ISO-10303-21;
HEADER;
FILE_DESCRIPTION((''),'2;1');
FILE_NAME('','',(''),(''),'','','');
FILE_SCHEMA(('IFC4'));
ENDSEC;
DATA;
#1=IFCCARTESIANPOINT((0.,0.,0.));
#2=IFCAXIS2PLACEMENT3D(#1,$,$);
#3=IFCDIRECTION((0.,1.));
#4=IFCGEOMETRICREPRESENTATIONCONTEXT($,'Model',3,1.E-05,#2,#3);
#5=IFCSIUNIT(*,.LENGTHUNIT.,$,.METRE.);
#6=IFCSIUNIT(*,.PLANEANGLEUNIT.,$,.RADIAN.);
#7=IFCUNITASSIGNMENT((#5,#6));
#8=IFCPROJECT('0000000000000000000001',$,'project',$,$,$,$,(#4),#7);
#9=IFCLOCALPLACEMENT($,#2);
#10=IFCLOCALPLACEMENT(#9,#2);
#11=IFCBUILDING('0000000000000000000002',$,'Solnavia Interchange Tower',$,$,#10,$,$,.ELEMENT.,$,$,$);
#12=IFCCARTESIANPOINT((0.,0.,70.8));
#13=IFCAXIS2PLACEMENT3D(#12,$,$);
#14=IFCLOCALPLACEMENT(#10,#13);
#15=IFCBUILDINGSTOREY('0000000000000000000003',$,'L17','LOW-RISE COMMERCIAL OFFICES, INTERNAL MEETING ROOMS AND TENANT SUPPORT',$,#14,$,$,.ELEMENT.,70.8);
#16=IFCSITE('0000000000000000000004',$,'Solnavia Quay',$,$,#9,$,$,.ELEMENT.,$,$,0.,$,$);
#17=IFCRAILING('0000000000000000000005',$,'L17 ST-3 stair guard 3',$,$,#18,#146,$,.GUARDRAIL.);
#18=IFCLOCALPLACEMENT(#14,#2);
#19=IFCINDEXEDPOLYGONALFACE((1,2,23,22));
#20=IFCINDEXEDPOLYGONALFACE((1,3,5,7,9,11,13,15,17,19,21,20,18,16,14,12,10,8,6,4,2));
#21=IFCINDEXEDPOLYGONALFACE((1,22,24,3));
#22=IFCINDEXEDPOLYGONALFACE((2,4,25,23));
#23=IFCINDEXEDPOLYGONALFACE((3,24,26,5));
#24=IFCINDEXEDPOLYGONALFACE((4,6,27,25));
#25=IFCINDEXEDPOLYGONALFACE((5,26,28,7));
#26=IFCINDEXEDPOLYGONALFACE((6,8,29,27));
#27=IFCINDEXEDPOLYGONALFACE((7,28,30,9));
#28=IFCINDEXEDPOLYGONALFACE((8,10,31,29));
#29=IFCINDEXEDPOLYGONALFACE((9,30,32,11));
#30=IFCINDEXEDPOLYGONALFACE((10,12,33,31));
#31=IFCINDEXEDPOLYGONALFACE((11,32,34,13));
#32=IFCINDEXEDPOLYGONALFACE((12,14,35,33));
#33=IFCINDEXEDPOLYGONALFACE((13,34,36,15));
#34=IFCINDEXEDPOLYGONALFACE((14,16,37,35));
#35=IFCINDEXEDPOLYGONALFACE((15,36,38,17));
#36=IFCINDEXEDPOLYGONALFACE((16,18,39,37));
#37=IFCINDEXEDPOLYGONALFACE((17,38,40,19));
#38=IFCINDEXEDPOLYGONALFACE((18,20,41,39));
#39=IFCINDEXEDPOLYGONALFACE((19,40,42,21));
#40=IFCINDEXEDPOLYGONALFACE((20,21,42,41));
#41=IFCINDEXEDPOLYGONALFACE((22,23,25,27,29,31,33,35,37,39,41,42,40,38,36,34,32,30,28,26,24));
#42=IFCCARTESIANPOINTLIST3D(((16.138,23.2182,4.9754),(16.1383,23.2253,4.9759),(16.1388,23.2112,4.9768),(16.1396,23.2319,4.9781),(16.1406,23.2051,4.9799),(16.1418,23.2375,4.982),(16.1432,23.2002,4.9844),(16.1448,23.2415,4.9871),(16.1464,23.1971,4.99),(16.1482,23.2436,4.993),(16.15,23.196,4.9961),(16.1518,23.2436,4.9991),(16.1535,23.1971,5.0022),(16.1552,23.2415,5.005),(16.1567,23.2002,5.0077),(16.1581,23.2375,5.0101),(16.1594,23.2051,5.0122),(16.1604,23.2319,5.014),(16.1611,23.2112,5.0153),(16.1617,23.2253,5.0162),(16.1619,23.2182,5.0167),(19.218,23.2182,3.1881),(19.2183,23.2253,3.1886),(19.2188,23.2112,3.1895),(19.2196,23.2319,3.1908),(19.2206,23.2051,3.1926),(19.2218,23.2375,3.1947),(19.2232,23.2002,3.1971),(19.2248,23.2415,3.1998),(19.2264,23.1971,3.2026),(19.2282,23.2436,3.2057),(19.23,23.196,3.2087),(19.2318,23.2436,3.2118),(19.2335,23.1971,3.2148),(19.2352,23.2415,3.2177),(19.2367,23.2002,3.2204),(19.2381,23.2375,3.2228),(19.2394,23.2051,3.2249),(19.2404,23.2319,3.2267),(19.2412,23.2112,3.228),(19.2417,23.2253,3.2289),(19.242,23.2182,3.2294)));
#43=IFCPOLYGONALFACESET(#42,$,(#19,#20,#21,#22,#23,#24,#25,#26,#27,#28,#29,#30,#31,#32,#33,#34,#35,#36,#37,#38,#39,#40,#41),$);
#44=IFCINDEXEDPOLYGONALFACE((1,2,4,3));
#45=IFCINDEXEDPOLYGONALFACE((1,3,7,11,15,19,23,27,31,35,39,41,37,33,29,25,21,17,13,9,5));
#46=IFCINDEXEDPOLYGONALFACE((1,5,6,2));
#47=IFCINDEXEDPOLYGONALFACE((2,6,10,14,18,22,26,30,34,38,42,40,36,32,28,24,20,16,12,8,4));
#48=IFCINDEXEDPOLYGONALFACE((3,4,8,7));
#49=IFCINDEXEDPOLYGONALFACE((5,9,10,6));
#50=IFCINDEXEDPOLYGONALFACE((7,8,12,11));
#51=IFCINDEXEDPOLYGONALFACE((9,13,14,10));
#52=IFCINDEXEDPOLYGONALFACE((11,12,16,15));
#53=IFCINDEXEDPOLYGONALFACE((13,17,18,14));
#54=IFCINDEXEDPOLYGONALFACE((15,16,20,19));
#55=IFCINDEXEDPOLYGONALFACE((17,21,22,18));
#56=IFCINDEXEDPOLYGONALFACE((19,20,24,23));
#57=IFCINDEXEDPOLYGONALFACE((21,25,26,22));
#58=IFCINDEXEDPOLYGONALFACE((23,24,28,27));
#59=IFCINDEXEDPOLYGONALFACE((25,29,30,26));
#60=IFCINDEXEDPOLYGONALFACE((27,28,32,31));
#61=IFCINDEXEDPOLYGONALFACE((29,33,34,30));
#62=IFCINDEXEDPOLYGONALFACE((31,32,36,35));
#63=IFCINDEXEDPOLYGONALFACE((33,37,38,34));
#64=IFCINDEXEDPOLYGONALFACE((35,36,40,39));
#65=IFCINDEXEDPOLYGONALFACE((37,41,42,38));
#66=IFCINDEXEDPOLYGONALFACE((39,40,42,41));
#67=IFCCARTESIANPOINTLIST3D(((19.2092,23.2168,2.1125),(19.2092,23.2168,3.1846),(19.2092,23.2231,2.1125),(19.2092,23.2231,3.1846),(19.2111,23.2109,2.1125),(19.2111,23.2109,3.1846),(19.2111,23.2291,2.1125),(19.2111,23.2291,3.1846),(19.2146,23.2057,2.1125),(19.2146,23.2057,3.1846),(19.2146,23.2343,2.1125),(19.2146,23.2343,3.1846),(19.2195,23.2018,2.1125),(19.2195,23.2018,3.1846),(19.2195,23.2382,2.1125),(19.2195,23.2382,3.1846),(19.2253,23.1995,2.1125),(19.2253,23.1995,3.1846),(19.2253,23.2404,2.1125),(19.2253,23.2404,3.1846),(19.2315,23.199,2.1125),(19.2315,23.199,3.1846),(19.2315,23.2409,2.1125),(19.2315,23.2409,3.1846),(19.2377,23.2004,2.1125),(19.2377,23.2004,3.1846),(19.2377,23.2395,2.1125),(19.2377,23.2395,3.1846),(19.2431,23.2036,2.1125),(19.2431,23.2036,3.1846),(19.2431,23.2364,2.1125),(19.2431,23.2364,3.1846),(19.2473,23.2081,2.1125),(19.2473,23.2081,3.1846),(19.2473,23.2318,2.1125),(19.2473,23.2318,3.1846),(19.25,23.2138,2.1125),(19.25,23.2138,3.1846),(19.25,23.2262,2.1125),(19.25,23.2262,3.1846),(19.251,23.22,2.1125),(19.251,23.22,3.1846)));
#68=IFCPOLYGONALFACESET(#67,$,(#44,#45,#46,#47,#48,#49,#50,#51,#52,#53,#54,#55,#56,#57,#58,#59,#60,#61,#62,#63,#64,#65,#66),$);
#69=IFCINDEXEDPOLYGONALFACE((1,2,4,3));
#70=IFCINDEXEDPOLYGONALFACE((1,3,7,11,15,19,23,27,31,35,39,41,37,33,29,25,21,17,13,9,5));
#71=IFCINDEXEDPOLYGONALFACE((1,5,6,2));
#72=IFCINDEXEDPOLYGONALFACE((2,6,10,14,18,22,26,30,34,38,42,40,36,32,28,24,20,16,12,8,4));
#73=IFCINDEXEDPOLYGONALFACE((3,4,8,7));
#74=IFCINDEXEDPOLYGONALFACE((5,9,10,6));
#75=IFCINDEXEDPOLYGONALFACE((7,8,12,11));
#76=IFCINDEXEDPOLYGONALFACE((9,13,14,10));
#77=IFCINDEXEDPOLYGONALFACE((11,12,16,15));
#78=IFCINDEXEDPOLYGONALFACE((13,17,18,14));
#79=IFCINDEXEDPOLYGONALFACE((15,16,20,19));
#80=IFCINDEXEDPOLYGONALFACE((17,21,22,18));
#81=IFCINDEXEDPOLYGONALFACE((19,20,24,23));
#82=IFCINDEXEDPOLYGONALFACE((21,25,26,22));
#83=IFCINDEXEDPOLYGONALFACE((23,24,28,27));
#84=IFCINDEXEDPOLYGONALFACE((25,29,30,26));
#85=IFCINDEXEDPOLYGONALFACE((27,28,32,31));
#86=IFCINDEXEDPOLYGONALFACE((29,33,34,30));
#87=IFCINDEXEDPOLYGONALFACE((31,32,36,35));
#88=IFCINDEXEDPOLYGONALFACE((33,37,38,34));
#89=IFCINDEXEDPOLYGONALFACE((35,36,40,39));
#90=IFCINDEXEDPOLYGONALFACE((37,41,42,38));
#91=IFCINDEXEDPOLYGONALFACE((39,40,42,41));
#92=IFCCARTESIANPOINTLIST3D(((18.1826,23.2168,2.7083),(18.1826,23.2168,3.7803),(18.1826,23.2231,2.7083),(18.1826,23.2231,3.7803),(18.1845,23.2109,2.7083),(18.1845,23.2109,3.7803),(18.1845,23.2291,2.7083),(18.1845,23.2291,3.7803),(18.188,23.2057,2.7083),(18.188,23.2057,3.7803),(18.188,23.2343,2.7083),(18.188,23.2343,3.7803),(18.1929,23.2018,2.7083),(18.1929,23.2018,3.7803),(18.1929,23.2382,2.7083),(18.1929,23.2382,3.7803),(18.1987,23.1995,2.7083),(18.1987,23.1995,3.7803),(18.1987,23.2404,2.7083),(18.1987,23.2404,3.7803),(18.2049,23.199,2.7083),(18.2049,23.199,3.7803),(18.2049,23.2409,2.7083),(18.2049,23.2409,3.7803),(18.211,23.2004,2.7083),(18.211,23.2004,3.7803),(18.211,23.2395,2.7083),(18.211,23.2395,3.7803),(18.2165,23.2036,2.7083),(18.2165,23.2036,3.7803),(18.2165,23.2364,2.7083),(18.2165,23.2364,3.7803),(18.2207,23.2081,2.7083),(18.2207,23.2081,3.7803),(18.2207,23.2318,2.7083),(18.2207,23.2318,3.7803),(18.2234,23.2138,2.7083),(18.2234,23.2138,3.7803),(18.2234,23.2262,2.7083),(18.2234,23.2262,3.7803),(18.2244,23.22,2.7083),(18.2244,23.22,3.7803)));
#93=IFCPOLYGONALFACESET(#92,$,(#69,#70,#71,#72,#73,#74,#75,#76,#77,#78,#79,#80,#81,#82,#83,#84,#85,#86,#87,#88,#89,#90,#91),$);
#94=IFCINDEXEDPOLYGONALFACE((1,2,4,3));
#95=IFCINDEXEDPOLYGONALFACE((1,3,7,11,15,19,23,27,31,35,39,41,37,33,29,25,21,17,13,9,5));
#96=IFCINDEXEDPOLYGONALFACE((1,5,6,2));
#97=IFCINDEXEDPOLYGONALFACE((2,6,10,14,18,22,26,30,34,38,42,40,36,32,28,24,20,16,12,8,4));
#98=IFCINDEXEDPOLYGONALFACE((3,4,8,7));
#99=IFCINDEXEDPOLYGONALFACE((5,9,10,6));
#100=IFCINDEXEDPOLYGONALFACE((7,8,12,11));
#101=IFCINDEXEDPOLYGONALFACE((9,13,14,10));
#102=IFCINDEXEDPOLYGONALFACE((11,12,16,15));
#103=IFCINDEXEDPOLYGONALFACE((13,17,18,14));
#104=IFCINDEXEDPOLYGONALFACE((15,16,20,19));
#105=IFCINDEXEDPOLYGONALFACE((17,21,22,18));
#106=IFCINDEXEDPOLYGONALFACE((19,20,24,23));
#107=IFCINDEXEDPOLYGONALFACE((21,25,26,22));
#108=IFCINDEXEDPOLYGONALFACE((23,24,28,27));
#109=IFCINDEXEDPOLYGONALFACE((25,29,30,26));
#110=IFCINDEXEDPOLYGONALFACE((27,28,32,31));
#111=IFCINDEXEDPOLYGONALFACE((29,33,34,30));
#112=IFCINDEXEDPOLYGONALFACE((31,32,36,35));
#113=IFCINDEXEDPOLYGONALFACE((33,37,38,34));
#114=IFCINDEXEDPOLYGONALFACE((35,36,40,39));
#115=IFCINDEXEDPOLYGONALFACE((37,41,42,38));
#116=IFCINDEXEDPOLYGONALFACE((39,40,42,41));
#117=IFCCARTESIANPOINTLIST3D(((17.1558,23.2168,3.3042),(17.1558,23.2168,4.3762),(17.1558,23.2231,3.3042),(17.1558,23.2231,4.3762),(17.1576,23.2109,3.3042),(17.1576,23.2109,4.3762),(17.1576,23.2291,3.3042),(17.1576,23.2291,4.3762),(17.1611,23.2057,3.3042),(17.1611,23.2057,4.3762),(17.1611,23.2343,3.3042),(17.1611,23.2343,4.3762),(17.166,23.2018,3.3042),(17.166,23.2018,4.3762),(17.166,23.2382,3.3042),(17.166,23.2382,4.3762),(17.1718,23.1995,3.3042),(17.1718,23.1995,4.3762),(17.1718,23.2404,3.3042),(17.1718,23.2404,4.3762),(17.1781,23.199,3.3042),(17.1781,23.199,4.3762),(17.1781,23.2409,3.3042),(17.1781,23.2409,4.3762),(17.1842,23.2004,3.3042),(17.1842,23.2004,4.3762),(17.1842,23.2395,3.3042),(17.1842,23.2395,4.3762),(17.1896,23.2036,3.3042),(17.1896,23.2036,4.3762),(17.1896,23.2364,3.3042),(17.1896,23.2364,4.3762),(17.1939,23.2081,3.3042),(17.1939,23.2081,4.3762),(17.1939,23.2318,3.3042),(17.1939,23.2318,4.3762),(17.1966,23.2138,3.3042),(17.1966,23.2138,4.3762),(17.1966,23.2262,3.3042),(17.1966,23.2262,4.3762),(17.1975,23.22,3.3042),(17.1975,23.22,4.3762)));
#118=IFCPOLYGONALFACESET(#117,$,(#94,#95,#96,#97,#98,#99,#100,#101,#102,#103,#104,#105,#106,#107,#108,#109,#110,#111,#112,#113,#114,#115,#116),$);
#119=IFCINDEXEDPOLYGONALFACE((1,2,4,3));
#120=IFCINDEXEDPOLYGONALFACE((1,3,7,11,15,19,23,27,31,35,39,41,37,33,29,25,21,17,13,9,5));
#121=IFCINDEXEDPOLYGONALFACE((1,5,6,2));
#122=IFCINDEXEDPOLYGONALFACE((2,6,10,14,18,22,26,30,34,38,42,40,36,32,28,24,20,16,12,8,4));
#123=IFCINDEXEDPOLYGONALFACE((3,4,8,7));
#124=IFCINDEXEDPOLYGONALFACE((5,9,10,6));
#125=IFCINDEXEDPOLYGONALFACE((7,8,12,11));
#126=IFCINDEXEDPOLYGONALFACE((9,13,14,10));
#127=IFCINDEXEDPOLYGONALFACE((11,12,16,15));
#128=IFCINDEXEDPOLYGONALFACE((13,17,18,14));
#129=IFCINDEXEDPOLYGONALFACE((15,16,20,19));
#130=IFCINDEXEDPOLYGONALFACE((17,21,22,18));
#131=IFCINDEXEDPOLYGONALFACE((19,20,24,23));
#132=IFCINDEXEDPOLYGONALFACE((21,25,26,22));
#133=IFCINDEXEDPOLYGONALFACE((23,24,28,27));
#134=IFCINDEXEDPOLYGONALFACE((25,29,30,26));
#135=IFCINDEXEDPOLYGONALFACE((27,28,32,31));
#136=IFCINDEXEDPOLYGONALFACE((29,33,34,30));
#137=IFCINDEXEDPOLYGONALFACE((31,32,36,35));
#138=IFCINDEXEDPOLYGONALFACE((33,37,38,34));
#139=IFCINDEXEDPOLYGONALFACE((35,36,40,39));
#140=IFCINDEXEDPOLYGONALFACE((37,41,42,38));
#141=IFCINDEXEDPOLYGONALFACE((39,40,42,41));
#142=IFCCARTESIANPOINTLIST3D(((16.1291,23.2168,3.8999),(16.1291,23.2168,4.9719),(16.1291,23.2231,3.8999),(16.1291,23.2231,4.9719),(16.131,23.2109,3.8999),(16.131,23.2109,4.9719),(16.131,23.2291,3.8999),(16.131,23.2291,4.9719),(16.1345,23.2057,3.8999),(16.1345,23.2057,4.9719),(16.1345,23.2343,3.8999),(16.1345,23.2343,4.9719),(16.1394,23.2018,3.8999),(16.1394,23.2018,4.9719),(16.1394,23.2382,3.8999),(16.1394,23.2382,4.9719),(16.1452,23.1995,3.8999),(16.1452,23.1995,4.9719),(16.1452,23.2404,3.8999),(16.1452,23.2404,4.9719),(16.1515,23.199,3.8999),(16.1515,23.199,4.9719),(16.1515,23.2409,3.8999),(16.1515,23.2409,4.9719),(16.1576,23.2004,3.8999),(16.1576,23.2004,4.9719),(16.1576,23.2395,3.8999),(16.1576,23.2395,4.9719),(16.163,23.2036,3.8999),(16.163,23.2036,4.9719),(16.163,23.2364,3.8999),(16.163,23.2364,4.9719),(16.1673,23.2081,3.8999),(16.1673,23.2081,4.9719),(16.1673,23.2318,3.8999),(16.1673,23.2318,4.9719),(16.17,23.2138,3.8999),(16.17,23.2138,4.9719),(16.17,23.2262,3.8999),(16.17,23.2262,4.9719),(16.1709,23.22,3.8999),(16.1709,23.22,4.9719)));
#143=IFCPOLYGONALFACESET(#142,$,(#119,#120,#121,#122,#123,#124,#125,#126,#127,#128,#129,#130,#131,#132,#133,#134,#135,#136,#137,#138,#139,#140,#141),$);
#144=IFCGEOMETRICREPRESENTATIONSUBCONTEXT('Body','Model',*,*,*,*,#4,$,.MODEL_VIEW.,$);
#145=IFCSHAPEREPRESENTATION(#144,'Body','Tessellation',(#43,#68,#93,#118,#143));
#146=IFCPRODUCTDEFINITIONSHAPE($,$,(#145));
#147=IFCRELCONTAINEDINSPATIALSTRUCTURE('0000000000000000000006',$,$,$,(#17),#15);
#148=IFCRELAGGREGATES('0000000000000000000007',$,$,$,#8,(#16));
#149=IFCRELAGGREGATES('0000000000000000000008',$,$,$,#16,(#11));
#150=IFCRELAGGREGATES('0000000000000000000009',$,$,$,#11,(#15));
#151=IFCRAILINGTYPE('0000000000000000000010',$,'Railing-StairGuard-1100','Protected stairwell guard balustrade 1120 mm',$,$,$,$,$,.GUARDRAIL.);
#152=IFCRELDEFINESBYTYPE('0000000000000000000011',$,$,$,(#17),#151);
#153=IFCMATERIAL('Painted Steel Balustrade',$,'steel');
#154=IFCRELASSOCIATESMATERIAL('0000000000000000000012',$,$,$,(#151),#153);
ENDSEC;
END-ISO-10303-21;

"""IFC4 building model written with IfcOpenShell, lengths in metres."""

from ifc_helpers import new_model, si_unit, direction, frame, origin, origin_2d, place, context, subcontext, project, spatial, circle, extrude, material, type_object, element, save


model = new_model("IFC4")

# Units and contexts
model_context = context("Model", 3, precision=1e-05, world=origin(), true_north=direction((0.0, 1.0)))
body_context = subcontext(model_context, "Body", "Model", "MODEL_VIEW")
ifc_project = project(units=[si_unit("LENGTHUNIT", "METRE"), si_unit("PLANEANGLEUNIT", "RADIAN")], contexts=[model_context])

# Site, building, storey
site_placement = place(None, origin())
site = spatial("IfcSite", under=ifc_project, at=site_placement, Name="Solnavia Quay", CompositionType="ELEMENT", RefElevation=0.0)
building_placement = place(site_placement, origin())
building = spatial("IfcBuilding", under=site, at=building_placement, Name="Solnavia Interchange Tower", CompositionType="ELEMENT")
storey_placement = place(building_placement, frame((0.0, 0.0, 70.8)))
storey = spatial("IfcBuildingStorey", under=building, at=storey_placement, Name="L17", Description="LOW-RISE COMMERCIAL OFFICES, INTERNAL MEETING ROOMS AND TENANT SUPPORT", CompositionType="ELEMENT", Elevation=70.8)

# Railing
ifc_material_1 = material(Name="Painted Steel Balustrade", Category="steel")
railing_type_1 = type_object("IfcRailingType", Name="Railing-StairGuard-1100", Description="Protected stairwell guard balustrade 1120 mm", PredefinedType="GUARDRAIL", material=ifc_material_1)
railing_1_placement = place(storey_placement, frame((19.23, 23.22, 2.1125)))
element("IfcRailing", 1, at=railing_1_placement, inside=storey, type_object=railing_type_1, Name="L17 ST-3 stair guard 3", PredefinedType="GUARDRAIL", context=body_context, shape_type="SweptSolid", body=[
    extrude(circle(Radius=0.0239, at=origin_2d()), frame((0.0, 0.0, 1.0962), z_axis=(-0.86492, 0.0, 0.501909), x_axis=(0.0, -1.0, 0.0)), (0.0, 0.0, 1.0), 3.561),
    extrude(circle(Radius=0.021, at=origin_2d()), origin(), (0.0, 0.0, 1.0), 1.072),
    extrude(circle(Radius=0.021, at=origin_2d()), frame((-1.0266, 0.0, 0.5957)), (0.0, 0.0, 1.0), 1.072),
    extrude(circle(Radius=0.021, at=origin_2d()), frame((-2.0535, 0.0, 1.1917)), (0.0, 0.0, 1.0), 1.072),
    extrude(circle(Radius=0.021, at=origin_2d()), frame((-3.0801, 0.0, 1.7874)), (0.0, 0.0, 1.0), 1.072),
])

save(model, "model.ifc")
